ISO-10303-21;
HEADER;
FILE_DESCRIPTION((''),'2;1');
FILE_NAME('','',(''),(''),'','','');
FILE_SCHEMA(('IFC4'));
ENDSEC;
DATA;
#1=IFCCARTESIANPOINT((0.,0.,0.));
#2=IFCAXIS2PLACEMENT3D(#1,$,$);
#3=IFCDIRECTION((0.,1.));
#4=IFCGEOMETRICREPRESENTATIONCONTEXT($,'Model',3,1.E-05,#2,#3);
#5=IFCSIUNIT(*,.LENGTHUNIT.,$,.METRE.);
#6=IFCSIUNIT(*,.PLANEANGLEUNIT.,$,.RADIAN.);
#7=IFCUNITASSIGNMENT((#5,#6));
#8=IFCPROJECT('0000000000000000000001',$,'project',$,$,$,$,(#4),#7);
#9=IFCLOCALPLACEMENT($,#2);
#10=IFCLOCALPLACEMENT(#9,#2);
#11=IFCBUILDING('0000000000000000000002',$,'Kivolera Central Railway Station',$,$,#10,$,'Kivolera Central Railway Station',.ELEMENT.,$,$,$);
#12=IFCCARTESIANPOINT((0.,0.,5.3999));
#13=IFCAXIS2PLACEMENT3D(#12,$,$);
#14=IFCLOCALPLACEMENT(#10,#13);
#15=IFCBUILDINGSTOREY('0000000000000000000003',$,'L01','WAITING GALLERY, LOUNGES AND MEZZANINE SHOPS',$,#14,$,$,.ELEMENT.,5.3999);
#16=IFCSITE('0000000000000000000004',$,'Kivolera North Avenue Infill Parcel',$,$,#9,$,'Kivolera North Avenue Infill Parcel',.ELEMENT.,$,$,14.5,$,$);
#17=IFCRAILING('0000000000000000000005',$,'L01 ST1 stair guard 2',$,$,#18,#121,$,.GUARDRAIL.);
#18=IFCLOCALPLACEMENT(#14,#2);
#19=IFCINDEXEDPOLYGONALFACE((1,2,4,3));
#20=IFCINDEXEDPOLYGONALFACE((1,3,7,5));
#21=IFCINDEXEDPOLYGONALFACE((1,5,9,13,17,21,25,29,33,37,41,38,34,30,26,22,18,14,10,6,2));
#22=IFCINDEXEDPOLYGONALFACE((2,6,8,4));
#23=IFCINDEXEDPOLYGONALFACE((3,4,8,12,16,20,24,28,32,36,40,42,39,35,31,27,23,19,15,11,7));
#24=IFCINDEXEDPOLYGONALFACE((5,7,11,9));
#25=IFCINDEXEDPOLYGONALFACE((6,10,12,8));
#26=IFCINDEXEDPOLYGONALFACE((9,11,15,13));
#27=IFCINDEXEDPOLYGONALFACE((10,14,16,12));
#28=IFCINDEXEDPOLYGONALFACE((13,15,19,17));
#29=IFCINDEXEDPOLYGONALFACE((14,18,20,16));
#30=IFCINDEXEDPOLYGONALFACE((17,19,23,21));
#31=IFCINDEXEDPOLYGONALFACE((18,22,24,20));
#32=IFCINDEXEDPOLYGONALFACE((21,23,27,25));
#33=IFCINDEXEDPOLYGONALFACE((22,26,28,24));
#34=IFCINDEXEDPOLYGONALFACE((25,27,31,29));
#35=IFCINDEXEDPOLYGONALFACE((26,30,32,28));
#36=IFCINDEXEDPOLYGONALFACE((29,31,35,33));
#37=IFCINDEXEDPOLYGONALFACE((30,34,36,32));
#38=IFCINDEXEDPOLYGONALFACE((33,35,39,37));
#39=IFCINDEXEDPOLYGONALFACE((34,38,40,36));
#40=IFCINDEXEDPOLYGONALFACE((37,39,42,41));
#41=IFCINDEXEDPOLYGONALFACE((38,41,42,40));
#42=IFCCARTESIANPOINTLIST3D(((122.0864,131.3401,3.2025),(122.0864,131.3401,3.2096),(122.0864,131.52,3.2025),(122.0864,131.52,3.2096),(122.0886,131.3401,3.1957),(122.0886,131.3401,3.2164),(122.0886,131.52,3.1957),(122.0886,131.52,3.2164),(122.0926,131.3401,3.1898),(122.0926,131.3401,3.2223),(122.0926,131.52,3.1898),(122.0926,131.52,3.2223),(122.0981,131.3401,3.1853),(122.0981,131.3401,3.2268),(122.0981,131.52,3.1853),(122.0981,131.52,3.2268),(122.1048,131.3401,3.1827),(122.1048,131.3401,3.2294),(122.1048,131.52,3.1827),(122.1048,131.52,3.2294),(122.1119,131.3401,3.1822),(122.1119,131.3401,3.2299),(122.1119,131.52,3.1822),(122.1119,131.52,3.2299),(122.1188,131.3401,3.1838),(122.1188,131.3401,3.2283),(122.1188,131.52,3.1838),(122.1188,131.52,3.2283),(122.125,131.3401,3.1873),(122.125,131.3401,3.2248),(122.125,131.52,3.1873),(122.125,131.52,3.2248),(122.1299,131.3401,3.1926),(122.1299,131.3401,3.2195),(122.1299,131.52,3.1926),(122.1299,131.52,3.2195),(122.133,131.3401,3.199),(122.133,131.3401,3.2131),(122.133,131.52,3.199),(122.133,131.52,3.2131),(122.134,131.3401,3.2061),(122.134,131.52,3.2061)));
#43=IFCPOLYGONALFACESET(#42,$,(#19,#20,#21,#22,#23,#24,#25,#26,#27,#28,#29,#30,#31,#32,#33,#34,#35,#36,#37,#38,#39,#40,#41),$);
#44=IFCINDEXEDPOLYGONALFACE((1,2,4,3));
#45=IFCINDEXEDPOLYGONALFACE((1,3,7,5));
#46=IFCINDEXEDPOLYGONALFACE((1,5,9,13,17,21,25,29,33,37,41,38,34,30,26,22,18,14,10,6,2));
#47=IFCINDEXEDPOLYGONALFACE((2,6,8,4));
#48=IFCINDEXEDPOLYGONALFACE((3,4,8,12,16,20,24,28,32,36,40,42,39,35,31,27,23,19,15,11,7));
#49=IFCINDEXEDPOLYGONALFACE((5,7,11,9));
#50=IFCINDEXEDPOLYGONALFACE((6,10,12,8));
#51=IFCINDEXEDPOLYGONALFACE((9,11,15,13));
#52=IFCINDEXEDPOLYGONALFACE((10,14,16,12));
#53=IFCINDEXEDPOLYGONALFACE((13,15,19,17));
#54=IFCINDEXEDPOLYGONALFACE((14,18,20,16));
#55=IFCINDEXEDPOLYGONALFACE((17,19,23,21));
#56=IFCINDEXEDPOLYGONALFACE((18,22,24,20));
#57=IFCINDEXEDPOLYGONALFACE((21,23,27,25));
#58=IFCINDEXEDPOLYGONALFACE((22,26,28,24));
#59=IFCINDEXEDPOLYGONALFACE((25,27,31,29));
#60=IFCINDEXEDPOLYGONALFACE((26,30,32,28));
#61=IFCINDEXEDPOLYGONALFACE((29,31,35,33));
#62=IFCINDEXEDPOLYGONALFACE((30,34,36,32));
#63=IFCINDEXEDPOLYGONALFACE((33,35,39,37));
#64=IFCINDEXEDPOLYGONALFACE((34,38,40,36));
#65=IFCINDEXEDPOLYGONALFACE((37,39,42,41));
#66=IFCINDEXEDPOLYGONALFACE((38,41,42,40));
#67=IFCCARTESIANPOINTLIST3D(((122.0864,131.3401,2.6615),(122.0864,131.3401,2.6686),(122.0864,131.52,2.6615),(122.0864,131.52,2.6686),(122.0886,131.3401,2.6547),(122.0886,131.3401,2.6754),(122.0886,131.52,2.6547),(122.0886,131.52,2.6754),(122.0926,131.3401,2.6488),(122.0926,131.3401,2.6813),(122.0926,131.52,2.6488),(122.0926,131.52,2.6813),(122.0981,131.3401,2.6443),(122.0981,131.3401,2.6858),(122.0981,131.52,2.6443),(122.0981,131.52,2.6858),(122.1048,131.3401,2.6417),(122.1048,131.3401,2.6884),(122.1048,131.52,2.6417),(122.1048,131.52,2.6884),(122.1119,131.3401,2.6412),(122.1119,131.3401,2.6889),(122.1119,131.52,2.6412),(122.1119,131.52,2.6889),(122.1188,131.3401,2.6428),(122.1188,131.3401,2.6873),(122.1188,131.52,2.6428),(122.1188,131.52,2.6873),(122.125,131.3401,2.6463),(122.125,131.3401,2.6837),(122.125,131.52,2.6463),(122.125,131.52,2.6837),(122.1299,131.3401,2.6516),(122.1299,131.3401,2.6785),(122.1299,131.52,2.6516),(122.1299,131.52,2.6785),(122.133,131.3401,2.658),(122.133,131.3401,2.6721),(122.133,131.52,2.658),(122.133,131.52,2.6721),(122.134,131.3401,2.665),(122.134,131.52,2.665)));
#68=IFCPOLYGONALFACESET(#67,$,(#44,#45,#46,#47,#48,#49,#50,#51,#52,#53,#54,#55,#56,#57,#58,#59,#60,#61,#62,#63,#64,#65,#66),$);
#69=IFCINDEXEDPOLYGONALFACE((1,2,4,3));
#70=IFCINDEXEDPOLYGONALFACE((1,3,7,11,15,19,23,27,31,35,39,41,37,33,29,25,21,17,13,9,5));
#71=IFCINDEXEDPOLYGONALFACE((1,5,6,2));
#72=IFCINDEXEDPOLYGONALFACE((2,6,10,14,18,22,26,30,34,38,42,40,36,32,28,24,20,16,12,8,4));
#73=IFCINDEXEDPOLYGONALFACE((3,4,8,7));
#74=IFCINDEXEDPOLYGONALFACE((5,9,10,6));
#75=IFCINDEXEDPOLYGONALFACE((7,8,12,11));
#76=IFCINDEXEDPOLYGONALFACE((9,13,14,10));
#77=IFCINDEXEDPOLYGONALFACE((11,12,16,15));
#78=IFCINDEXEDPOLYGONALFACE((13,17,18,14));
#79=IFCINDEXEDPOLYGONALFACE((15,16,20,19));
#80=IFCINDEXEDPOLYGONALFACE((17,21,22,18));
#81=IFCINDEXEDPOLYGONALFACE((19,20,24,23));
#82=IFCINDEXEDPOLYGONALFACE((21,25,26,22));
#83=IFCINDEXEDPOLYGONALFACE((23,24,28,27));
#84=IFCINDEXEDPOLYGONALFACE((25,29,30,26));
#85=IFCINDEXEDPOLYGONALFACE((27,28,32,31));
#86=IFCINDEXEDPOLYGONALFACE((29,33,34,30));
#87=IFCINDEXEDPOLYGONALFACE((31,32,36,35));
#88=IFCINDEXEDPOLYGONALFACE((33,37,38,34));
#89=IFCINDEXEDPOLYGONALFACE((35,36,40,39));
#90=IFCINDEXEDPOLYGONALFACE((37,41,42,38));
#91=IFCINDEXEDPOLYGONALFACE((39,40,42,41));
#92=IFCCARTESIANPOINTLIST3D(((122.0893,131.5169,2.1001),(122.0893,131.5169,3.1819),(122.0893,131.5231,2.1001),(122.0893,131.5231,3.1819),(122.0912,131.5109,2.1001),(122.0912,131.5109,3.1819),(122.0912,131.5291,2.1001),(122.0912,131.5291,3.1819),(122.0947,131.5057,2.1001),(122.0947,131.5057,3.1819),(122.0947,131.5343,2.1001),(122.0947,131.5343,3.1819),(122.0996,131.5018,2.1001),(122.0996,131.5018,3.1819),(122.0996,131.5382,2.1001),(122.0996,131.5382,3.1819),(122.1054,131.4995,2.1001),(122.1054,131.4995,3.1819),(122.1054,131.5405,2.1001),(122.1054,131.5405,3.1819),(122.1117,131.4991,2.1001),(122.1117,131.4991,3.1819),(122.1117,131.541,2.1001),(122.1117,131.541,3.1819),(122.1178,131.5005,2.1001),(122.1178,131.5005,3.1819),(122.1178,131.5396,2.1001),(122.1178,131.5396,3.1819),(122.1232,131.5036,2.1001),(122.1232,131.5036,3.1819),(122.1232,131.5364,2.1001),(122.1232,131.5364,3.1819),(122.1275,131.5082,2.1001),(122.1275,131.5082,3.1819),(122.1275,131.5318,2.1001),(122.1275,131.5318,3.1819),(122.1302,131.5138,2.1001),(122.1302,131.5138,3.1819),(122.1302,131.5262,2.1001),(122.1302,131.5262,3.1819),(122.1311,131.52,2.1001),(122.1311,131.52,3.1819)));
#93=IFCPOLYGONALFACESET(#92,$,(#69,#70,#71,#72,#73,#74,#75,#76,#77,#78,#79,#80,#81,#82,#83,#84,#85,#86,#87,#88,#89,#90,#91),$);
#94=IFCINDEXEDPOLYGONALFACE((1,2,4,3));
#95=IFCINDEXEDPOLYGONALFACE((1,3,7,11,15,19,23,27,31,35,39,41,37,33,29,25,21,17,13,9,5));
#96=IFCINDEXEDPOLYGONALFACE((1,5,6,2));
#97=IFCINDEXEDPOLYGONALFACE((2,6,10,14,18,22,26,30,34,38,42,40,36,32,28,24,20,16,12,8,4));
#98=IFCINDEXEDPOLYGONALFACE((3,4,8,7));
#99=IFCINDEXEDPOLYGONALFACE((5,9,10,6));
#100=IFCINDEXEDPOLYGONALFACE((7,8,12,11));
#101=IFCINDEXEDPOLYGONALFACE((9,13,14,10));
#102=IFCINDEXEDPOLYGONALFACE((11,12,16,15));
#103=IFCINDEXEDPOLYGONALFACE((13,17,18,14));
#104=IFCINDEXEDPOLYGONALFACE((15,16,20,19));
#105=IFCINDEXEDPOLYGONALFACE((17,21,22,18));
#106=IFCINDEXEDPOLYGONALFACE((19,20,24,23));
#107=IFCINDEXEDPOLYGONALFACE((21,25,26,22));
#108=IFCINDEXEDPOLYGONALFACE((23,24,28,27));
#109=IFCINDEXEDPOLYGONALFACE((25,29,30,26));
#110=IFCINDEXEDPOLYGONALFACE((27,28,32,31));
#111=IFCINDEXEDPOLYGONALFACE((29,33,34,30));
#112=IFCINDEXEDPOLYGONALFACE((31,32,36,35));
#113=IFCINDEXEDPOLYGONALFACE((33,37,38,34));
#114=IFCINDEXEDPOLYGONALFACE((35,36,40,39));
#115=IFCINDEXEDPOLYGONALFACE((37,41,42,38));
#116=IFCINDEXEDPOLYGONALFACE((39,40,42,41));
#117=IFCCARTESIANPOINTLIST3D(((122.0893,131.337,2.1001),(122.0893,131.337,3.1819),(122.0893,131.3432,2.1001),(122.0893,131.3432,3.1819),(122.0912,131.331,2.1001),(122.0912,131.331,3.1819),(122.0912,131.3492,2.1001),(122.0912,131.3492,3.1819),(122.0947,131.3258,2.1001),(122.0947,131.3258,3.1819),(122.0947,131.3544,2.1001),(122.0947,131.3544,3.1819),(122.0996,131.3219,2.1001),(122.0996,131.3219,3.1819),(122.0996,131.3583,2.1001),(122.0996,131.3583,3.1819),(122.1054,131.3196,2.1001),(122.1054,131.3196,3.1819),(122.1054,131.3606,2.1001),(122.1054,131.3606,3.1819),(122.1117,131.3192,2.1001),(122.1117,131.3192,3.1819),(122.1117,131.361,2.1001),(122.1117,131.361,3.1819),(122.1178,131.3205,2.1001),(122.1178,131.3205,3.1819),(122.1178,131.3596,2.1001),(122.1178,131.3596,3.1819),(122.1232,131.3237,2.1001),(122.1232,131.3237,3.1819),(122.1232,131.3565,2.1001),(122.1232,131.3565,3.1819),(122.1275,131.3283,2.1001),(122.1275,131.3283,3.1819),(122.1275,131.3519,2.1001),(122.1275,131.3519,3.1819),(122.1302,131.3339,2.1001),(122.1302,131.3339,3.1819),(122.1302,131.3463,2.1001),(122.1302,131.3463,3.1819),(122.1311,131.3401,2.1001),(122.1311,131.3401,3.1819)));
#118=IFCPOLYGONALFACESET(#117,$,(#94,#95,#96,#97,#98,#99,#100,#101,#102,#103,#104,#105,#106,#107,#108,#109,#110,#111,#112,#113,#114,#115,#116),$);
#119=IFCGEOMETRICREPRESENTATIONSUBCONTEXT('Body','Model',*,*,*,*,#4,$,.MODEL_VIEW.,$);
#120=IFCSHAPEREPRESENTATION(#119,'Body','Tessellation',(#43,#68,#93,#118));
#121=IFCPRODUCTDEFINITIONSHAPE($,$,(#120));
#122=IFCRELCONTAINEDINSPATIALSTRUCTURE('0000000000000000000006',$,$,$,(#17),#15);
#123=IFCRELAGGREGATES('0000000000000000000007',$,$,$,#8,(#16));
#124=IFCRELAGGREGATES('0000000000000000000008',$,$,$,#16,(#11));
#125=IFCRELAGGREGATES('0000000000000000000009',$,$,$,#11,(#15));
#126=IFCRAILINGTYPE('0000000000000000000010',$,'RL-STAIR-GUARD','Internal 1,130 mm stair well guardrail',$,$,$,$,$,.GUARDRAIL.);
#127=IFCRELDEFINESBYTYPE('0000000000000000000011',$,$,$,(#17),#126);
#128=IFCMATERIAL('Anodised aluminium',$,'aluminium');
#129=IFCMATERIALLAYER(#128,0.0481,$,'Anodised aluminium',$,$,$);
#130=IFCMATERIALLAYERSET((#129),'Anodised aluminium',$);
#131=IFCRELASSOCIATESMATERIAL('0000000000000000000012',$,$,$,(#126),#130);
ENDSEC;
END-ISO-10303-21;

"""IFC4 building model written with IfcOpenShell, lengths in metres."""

from ifc_helpers import new_model, si_unit, direction, frame, origin, origin_2d, place, context, subcontext, project, spatial, circle, extrude, material, layer, layer_set, type_object, element, save


model = new_model("IFC4")

# Units and contexts
model_context = context("Model", 3, precision=1e-05, world=origin(), true_north=direction((0.0, 1.0)))
body_context = subcontext(model_context, "Body", "Model", "MODEL_VIEW")
ifc_project = project(units=[si_unit("LENGTHUNIT", "METRE"), si_unit("PLANEANGLEUNIT", "RADIAN")], contexts=[model_context])

# Site, building, storey
site_placement = place(None, origin())
site = spatial("IfcSite", under=ifc_project, at=site_placement, Name="Kivolera North Avenue Infill Parcel", LongName="Kivolera North Avenue Infill Parcel", CompositionType="ELEMENT", RefElevation=14.5)
building_placement = place(site_placement, origin())
building = spatial("IfcBuilding", under=site, at=building_placement, Name="Kivolera Central Railway Station", LongName="Kivolera Central Railway Station", CompositionType="ELEMENT")
storey_placement = place(building_placement, frame((0.0, 0.0, 5.3999)))
storey = spatial("IfcBuildingStorey", under=building, at=storey_placement, Name="L01", Description="WAITING GALLERY, LOUNGES AND MEZZANINE SHOPS", CompositionType="ELEMENT", Elevation=5.3999)

# Shared definitions
ifc_material_1 = material(Name="Anodised aluminium", Category="aluminium")

# Railing
ifc_layer_1 = layer(ifc_material_1, 0.0481, Name="Anodised aluminium")
ifc_layer_set_1 = layer_set([ifc_layer_1], Name="Anodised aluminium")
railing_type_1 = type_object("IfcRailingType", Name="RL-STAIR-GUARD", Description="Internal 1,130 mm stair well guardrail", PredefinedType="GUARDRAIL", material=ifc_layer_set_1)
railing_1_placement = place(storey_placement, frame((122.1101, 131.52, 2.1001)))
element("IfcRailing", 1, at=railing_1_placement, inside=storey, type_object=railing_type_1, Name="L01 ST1 stair guard 2", PredefinedType="GUARDRAIL", context=body_context, shape_type="SweptSolid", body=[
    extrude(circle(Radius=0.0239, at=origin_2d()), frame((0.0, 0.0, 1.106), z_axis=(0.0, -1.0, 0.0), x_axis=(1.0, 0.0, 0.0)), (0.0, 0.0, 1.0), 0.1799),
    extrude(circle(Radius=0.0239, at=origin_2d()), frame((0.0, 0.0, 0.5649), z_axis=(0.0, -1.0, 0.0), x_axis=(1.0, 0.0, 0.0)), (0.0, 0.0, 1.0), 0.1799),
    extrude(circle(Radius=0.021, at=origin_2d()), origin(), (0.0, 0.0, 1.0), 1.0818),
    extrude(circle(Radius=0.021, at=origin_2d()), frame((0.0, -0.1799, 0.0)), (0.0, 0.0, 1.0), 1.0818),
])

save(model, "model.ifc")
